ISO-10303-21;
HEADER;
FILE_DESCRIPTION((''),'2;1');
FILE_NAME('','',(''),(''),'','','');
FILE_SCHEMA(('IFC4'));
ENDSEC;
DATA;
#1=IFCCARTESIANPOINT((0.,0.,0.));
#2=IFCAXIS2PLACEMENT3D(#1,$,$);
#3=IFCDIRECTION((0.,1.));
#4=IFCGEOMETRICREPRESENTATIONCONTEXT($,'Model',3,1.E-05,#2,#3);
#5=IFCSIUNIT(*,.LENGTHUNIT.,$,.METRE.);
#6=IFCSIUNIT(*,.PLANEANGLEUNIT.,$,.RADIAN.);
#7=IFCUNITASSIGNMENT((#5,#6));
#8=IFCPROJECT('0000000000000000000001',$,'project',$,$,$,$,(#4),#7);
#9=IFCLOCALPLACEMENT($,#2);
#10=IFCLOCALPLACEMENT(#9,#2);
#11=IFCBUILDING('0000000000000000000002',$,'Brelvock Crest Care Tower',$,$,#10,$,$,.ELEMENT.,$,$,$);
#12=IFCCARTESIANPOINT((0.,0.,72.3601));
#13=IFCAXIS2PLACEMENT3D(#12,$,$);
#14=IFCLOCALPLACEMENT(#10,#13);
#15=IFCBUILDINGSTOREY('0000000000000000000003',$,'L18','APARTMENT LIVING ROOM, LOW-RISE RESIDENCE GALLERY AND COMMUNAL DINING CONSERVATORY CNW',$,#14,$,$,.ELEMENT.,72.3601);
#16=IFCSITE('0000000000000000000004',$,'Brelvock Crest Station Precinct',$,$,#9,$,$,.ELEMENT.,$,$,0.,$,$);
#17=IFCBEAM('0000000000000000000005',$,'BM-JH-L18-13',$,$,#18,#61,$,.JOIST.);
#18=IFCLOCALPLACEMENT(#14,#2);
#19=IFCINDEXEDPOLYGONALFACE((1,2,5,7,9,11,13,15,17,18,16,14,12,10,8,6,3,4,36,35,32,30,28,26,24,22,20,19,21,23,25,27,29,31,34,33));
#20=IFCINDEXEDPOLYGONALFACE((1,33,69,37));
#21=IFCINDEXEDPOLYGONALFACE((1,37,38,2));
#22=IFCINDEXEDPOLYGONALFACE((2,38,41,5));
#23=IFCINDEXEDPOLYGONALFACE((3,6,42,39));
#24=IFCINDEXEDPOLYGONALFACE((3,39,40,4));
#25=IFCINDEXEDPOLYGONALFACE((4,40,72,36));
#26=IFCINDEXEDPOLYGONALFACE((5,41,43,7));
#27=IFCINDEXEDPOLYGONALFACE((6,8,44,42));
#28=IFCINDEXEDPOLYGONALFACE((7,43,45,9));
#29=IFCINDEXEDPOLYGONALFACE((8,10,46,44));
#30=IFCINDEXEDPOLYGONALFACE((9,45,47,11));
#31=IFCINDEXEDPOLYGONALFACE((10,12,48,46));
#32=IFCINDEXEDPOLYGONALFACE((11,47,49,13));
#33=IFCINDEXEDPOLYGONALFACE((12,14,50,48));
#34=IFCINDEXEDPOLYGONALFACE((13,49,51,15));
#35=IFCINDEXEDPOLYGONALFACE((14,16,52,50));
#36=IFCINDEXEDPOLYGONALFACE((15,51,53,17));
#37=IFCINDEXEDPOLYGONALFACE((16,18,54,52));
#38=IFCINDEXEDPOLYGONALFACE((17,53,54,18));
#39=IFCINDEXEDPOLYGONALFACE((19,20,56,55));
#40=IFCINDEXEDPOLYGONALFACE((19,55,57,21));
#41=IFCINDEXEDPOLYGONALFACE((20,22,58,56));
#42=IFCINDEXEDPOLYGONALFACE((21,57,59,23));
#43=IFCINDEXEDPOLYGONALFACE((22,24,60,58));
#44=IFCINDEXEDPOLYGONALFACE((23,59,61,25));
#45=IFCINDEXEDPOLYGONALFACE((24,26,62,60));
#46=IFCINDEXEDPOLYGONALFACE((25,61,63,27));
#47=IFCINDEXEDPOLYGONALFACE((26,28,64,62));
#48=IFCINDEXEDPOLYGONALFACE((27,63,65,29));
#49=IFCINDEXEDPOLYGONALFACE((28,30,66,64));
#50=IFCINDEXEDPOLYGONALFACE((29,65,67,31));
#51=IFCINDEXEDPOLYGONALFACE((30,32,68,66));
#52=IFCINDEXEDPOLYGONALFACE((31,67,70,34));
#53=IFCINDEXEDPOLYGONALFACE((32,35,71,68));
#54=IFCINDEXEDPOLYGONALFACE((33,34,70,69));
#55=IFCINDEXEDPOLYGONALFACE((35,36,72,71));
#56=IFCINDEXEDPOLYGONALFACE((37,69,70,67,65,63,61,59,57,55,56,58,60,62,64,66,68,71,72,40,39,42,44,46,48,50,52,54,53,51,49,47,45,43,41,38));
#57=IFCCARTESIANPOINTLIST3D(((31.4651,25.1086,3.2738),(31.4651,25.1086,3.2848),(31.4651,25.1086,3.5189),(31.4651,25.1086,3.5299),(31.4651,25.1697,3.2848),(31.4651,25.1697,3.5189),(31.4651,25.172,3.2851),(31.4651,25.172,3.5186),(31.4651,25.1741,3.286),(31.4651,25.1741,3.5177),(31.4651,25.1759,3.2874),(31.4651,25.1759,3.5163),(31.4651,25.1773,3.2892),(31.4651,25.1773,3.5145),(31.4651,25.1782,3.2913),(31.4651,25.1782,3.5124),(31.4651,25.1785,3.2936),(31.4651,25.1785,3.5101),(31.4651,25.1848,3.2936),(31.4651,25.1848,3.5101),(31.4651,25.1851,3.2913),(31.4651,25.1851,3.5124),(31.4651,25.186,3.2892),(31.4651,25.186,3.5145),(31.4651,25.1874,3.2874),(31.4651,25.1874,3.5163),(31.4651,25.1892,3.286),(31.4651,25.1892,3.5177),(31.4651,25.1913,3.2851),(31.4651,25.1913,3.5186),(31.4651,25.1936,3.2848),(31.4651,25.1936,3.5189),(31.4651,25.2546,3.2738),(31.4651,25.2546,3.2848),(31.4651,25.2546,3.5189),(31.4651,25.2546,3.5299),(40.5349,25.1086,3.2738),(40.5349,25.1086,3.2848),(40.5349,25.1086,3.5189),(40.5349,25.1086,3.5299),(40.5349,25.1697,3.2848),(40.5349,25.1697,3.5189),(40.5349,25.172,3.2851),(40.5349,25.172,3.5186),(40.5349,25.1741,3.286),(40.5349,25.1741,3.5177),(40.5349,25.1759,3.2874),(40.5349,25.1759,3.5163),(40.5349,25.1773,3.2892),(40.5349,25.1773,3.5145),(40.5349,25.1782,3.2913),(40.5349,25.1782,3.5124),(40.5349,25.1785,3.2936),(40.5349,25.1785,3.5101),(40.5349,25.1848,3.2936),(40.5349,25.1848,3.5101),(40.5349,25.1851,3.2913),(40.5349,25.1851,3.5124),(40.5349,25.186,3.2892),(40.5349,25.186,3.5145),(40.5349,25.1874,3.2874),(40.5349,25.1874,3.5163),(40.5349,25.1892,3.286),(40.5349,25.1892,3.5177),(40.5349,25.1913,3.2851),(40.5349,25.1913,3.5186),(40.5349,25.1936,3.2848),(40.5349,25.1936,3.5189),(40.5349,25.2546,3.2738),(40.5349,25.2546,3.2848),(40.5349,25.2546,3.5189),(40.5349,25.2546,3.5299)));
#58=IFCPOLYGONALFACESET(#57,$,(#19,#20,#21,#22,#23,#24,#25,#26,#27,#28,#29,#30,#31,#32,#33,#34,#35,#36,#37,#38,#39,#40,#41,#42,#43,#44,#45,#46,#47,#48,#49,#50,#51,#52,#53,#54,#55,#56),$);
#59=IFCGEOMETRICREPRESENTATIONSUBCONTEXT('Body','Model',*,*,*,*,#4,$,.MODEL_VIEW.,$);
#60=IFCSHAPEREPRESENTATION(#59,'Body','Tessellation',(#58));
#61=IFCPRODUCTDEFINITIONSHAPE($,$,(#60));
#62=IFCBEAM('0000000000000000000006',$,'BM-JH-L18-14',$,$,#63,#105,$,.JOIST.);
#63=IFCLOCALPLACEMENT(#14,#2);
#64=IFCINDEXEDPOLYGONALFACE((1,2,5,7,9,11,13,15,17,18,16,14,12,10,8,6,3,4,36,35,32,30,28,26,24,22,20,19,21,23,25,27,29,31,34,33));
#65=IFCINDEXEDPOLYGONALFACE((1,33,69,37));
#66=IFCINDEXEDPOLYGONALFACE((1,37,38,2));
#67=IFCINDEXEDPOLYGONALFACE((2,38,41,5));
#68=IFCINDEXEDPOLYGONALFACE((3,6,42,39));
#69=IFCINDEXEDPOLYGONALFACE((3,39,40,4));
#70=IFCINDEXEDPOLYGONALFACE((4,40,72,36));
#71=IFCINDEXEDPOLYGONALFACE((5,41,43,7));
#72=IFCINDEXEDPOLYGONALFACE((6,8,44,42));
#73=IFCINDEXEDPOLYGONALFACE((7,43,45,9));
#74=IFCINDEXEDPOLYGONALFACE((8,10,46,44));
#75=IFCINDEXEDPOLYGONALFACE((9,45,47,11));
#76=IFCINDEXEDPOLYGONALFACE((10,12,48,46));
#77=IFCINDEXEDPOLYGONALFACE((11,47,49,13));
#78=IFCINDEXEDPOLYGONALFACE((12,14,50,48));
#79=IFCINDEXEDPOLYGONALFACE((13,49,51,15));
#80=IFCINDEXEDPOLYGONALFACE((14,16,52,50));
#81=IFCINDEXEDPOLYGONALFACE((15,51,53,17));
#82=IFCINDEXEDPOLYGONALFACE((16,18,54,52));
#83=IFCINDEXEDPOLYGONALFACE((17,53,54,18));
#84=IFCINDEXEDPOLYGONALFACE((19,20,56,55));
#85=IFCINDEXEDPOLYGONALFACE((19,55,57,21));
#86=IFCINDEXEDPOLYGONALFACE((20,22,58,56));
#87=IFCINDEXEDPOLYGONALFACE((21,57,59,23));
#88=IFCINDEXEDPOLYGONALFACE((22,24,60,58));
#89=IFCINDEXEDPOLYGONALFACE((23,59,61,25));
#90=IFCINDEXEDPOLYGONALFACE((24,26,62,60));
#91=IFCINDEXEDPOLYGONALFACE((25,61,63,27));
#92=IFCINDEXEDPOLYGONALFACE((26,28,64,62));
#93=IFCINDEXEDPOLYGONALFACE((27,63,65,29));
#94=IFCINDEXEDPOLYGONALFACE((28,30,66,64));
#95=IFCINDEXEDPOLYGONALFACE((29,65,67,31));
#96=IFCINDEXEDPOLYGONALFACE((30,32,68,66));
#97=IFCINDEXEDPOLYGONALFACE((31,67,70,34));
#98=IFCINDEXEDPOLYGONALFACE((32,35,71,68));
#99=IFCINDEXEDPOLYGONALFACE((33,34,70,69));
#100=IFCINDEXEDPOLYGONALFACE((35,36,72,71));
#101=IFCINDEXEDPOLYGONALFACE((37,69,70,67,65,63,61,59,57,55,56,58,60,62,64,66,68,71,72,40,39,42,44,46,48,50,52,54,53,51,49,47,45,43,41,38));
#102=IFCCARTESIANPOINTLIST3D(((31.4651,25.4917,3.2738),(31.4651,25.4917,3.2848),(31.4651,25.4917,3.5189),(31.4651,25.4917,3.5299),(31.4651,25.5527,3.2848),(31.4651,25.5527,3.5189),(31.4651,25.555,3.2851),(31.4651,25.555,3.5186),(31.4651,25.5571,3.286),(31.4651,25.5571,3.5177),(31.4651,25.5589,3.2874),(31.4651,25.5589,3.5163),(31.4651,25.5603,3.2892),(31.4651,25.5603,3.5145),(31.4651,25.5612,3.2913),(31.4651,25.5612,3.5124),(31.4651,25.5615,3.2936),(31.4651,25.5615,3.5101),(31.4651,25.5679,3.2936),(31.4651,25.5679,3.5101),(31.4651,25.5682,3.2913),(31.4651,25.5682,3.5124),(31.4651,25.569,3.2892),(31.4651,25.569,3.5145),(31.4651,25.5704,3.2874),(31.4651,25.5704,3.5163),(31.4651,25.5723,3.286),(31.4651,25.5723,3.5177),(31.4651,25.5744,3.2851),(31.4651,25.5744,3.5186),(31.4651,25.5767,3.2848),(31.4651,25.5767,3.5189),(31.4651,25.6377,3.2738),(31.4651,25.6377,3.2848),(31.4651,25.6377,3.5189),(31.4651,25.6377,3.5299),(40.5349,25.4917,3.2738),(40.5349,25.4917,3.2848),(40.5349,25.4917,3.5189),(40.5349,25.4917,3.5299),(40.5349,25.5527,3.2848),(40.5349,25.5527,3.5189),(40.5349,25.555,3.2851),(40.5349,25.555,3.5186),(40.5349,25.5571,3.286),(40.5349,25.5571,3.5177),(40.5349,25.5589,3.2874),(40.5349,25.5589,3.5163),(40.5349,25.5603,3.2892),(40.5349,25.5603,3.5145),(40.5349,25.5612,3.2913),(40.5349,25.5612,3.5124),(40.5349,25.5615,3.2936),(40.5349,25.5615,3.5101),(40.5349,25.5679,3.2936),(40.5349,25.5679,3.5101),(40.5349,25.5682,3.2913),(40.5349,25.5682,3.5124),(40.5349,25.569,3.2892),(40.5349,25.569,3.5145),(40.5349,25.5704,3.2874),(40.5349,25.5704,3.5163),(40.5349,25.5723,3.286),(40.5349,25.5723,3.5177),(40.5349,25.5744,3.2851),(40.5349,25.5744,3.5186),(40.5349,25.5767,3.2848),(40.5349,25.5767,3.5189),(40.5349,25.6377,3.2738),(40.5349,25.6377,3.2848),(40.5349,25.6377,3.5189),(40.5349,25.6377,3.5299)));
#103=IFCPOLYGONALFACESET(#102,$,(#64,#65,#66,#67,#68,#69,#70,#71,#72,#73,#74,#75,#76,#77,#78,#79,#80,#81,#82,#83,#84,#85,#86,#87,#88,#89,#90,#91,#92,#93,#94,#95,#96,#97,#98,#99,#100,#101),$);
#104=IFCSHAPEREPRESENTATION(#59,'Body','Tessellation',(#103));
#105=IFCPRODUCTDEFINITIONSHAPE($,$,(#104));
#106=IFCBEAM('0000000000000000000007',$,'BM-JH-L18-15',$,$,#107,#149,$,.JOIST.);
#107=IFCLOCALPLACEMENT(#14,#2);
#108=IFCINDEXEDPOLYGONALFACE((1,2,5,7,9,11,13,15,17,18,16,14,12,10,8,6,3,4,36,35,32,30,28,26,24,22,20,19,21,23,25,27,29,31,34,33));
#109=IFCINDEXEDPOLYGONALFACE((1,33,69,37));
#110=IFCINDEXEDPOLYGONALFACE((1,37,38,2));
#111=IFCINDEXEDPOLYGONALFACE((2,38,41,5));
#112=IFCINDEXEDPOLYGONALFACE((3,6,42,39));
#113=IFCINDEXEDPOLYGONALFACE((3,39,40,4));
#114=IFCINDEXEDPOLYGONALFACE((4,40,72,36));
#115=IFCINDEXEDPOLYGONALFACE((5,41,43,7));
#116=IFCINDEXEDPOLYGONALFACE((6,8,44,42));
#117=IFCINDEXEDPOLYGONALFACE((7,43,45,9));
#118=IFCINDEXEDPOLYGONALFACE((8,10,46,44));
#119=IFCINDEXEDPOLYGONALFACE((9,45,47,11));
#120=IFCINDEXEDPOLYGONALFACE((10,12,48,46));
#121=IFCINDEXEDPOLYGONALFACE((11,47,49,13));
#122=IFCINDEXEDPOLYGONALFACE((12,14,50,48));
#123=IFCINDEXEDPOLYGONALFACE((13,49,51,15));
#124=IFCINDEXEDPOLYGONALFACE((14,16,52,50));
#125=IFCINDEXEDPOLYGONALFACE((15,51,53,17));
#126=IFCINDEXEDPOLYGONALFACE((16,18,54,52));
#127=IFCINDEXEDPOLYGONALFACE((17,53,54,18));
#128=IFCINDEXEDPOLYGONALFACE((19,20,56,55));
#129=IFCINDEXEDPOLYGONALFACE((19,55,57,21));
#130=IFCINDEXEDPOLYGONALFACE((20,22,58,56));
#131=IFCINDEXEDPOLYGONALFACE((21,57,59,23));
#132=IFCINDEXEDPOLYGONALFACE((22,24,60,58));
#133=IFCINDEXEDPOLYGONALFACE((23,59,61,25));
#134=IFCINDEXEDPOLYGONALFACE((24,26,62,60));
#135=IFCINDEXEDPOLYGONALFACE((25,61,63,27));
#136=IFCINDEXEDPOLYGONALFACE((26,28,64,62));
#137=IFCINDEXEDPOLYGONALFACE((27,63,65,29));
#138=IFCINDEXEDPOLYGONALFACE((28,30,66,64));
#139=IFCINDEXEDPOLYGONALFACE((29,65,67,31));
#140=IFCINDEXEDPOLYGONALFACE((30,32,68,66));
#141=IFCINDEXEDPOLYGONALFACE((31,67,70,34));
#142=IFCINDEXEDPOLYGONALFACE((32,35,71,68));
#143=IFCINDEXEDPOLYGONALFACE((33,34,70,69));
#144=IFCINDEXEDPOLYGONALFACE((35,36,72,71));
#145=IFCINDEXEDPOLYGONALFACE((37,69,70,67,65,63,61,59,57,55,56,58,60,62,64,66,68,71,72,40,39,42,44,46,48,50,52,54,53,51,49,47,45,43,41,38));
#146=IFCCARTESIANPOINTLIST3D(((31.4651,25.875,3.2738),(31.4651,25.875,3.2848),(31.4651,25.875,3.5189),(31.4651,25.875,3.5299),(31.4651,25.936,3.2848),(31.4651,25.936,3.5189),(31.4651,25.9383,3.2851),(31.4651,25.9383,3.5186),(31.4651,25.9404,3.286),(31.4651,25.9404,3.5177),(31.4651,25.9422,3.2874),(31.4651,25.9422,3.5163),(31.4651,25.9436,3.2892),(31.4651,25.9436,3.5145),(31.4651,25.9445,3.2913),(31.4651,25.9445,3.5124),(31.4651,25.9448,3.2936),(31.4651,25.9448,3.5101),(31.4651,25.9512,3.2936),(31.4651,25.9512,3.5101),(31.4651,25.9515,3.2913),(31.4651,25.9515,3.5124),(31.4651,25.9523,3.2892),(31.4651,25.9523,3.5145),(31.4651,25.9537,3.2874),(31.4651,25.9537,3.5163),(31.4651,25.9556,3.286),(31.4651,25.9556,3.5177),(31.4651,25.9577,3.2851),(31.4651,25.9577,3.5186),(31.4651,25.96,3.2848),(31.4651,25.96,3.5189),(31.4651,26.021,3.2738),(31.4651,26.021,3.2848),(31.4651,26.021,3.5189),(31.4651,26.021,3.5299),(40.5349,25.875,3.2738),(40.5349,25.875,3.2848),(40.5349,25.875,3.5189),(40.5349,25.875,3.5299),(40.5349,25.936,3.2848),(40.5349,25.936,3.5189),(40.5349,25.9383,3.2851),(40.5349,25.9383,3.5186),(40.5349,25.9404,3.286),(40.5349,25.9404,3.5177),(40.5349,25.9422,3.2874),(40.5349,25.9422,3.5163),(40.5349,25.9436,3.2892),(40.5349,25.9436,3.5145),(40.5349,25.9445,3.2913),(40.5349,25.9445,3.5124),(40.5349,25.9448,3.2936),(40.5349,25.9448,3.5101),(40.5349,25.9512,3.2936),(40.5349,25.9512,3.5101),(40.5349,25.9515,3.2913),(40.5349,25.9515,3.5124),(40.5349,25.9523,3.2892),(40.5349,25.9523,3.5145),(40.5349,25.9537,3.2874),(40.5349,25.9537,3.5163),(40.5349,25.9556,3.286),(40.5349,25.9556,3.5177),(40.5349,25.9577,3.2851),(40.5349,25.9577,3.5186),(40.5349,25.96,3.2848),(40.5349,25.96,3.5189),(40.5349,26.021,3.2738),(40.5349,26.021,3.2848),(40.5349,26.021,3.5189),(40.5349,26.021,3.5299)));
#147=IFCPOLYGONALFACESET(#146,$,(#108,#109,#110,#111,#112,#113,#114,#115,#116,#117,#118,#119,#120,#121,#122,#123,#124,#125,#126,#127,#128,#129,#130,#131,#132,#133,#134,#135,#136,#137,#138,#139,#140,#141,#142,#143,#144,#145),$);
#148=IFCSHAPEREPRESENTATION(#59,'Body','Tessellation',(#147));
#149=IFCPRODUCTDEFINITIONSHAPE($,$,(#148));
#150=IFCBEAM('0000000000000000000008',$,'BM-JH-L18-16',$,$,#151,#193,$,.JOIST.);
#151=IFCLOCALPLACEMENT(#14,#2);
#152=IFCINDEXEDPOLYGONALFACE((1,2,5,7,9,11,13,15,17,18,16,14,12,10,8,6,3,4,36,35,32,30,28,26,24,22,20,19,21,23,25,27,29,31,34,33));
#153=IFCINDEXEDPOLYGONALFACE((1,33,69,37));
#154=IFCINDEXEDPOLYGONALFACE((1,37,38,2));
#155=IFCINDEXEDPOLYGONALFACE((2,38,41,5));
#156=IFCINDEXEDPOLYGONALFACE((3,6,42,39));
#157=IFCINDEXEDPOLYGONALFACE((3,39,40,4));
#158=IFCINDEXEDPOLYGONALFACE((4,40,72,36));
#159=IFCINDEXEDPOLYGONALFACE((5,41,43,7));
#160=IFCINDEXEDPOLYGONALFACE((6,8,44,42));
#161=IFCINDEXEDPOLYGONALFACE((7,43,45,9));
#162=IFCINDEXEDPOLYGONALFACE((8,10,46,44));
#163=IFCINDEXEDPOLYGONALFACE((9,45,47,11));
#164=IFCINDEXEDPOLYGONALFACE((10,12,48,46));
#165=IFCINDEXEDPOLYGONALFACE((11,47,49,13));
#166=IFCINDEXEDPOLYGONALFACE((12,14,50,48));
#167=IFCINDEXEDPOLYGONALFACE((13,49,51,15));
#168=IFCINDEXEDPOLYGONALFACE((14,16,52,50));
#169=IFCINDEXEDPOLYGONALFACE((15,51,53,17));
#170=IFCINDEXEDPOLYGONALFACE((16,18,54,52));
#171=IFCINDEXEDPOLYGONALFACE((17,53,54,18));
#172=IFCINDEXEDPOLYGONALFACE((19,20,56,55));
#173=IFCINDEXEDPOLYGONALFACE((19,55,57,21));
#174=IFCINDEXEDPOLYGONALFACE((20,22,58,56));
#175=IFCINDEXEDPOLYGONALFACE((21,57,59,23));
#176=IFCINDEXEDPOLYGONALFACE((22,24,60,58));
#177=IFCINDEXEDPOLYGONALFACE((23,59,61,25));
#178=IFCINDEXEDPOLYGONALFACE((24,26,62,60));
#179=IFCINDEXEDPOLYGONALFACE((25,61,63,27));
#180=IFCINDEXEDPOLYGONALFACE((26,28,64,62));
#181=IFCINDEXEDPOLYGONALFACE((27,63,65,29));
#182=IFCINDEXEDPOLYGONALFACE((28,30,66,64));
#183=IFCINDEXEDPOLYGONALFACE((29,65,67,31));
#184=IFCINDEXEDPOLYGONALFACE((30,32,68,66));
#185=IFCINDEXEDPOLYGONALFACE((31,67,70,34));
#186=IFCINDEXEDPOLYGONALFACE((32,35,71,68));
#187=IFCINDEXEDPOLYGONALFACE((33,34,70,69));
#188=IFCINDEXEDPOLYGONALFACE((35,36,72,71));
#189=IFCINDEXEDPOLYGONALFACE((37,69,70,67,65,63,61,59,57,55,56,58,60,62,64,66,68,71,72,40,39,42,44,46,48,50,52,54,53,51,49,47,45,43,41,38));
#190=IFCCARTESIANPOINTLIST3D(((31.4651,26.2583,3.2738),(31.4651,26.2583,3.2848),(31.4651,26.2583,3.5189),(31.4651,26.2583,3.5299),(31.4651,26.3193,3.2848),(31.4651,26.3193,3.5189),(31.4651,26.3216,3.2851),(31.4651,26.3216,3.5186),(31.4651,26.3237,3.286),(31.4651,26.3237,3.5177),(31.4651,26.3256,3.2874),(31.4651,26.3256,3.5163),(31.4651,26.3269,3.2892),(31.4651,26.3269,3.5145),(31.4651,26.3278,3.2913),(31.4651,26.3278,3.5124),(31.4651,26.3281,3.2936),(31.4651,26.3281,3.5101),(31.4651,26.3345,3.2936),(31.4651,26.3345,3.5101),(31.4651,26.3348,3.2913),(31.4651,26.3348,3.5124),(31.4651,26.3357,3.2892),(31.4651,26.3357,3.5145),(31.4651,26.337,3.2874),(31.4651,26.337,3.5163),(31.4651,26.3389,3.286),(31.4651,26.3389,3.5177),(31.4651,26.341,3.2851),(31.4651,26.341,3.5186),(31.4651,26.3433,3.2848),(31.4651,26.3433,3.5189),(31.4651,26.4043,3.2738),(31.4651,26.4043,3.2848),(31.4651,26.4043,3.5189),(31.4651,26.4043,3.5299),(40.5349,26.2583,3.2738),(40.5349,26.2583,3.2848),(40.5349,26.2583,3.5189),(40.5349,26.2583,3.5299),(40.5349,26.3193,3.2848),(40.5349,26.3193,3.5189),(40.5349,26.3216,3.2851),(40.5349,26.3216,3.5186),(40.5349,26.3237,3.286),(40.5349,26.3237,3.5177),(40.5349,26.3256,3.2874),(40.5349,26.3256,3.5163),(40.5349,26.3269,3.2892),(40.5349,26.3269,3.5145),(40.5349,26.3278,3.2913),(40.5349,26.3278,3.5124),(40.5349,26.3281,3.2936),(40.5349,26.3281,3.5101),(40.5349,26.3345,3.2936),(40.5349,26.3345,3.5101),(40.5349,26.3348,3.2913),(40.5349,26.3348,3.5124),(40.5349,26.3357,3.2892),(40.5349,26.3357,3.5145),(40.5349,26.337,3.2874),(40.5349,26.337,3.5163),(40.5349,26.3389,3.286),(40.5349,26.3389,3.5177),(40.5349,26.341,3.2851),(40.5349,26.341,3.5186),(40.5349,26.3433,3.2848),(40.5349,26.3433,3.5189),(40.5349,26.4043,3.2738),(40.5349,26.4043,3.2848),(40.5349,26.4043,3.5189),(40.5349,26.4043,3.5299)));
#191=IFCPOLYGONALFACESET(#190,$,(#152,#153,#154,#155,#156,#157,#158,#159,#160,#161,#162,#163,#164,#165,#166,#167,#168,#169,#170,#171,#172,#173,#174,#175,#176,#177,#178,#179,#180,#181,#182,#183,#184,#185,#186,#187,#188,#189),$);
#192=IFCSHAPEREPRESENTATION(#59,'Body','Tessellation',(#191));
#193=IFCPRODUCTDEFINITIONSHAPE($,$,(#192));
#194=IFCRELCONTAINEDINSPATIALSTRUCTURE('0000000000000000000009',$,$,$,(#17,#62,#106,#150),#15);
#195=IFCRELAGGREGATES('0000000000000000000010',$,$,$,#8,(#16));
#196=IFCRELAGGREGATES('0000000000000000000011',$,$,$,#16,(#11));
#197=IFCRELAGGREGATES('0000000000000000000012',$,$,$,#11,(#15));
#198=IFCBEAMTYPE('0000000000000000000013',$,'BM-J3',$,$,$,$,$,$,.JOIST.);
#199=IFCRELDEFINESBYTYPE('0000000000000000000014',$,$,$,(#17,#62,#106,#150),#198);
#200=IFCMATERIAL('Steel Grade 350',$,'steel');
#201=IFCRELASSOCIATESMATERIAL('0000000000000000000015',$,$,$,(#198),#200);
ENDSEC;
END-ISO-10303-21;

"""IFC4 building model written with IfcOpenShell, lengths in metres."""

from ifc_helpers import new_model, si_unit, direction, frame, origin, origin_2d, place, context, subcontext, project, spatial, i_section, extrude, source, transform, mapped, material, material_profile, profile_set, type_object, element, save


model = new_model("IFC4")

# Units and contexts
model_context = context("Model", 3, precision=1e-05, world=origin(), true_north=direction((0.0, 1.0)))
body_context = subcontext(model_context, "Body", "Model", "MODEL_VIEW")
ifc_project = project(units=[si_unit("LENGTHUNIT", "METRE"), si_unit("PLANEANGLEUNIT", "RADIAN")], contexts=[model_context])

# Site, building, storey
site_placement = place(None, origin())
site = spatial("IfcSite", under=ifc_project, at=site_placement, Name="Brelvock Crest Station Precinct", CompositionType="ELEMENT", RefElevation=0.0)
building_placement = place(site_placement, origin())
building = spatial("IfcBuilding", under=site, at=building_placement, Name="Brelvock Crest Care Tower", CompositionType="ELEMENT")
storey_placement = place(building_placement, frame((0.0, 0.0, 72.3601)))
storey = spatial("IfcBuildingStorey", under=building, at=storey_placement, Name="L18", Description="APARTMENT LIVING ROOM, LOW-RISE RESIDENCE GALLERY AND COMMUNAL DINING CONSERVATORY CNW", CompositionType="ELEMENT", Elevation=72.3601)

# Beams
ifc_material_1 = material(Name="Steel Grade 350", Category="steel")
ifc_material_profile_1 = material_profile(ifc_material_1, i_section(OverallWidth=0.146, OverallDepth=0.2561, WebThickness=0.0063, FlangeThickness=0.011, FilletRadius=0.0088, at=origin_2d()), Name="250UB37.3")
ifc_profile_set_1 = profile_set([ifc_material_profile_1], Name="Steel Grade 350")
beam_type_1 = type_object("IfcBeamType", Name="BM-J3", PredefinedType="JOIST", material=ifc_profile_set_1)
shared_shape_1 = source(origin(), body_context, "Body", "SweptSolid", [
    extrude(i_section(OverallWidth=0.146, OverallDepth=0.2561, WebThickness=0.0063, FlangeThickness=0.011, FilletRadius=0.0088, at=origin_2d()), origin(), (0.0, 0.0, 1.0), 9.0698),
])
for number, where, z_axis, x_axis, name in (
    (1, (31.4651, 25.1816, 3.4019), (1.0, 0.0, 0.0), (0.0, 1.0, 0.0), "BM-JH-L18-13"),
    (2, (31.4651, 25.5647, 3.4019), (1.0, 0.0, 0.0), (0.0, 1.0, 0.0), "BM-JH-L18-14"),
    (3, (31.4651, 25.948, 3.4019), (1.0, 0.0, 0.0), (0.0, 1.0, 0.0), "BM-JH-L18-15"),
    (4, (31.4651, 26.3313, 3.4019), (1.0, 0.0, 0.0), (0.0, 1.0, 0.0), "BM-JH-L18-16"),
):
    element("IfcBeam", number, at=place(storey_placement, frame(where, z_axis=z_axis, x_axis=x_axis)), inside=storey, type_object=beam_type_1, Name=name, PredefinedType="JOIST", context=body_context, shape_type="MappedRepresentation", body=[
        mapped(shared_shape_1, transform((0.0, 0.0, 0.0), x_axis=(1.0, 0.0, 0.0), y_axis=(0.0, 1.0, 0.0), z_axis=(0.0, 0.0, 1.0), scale=1.0)),
    ])

save(model, "model.ifc")
